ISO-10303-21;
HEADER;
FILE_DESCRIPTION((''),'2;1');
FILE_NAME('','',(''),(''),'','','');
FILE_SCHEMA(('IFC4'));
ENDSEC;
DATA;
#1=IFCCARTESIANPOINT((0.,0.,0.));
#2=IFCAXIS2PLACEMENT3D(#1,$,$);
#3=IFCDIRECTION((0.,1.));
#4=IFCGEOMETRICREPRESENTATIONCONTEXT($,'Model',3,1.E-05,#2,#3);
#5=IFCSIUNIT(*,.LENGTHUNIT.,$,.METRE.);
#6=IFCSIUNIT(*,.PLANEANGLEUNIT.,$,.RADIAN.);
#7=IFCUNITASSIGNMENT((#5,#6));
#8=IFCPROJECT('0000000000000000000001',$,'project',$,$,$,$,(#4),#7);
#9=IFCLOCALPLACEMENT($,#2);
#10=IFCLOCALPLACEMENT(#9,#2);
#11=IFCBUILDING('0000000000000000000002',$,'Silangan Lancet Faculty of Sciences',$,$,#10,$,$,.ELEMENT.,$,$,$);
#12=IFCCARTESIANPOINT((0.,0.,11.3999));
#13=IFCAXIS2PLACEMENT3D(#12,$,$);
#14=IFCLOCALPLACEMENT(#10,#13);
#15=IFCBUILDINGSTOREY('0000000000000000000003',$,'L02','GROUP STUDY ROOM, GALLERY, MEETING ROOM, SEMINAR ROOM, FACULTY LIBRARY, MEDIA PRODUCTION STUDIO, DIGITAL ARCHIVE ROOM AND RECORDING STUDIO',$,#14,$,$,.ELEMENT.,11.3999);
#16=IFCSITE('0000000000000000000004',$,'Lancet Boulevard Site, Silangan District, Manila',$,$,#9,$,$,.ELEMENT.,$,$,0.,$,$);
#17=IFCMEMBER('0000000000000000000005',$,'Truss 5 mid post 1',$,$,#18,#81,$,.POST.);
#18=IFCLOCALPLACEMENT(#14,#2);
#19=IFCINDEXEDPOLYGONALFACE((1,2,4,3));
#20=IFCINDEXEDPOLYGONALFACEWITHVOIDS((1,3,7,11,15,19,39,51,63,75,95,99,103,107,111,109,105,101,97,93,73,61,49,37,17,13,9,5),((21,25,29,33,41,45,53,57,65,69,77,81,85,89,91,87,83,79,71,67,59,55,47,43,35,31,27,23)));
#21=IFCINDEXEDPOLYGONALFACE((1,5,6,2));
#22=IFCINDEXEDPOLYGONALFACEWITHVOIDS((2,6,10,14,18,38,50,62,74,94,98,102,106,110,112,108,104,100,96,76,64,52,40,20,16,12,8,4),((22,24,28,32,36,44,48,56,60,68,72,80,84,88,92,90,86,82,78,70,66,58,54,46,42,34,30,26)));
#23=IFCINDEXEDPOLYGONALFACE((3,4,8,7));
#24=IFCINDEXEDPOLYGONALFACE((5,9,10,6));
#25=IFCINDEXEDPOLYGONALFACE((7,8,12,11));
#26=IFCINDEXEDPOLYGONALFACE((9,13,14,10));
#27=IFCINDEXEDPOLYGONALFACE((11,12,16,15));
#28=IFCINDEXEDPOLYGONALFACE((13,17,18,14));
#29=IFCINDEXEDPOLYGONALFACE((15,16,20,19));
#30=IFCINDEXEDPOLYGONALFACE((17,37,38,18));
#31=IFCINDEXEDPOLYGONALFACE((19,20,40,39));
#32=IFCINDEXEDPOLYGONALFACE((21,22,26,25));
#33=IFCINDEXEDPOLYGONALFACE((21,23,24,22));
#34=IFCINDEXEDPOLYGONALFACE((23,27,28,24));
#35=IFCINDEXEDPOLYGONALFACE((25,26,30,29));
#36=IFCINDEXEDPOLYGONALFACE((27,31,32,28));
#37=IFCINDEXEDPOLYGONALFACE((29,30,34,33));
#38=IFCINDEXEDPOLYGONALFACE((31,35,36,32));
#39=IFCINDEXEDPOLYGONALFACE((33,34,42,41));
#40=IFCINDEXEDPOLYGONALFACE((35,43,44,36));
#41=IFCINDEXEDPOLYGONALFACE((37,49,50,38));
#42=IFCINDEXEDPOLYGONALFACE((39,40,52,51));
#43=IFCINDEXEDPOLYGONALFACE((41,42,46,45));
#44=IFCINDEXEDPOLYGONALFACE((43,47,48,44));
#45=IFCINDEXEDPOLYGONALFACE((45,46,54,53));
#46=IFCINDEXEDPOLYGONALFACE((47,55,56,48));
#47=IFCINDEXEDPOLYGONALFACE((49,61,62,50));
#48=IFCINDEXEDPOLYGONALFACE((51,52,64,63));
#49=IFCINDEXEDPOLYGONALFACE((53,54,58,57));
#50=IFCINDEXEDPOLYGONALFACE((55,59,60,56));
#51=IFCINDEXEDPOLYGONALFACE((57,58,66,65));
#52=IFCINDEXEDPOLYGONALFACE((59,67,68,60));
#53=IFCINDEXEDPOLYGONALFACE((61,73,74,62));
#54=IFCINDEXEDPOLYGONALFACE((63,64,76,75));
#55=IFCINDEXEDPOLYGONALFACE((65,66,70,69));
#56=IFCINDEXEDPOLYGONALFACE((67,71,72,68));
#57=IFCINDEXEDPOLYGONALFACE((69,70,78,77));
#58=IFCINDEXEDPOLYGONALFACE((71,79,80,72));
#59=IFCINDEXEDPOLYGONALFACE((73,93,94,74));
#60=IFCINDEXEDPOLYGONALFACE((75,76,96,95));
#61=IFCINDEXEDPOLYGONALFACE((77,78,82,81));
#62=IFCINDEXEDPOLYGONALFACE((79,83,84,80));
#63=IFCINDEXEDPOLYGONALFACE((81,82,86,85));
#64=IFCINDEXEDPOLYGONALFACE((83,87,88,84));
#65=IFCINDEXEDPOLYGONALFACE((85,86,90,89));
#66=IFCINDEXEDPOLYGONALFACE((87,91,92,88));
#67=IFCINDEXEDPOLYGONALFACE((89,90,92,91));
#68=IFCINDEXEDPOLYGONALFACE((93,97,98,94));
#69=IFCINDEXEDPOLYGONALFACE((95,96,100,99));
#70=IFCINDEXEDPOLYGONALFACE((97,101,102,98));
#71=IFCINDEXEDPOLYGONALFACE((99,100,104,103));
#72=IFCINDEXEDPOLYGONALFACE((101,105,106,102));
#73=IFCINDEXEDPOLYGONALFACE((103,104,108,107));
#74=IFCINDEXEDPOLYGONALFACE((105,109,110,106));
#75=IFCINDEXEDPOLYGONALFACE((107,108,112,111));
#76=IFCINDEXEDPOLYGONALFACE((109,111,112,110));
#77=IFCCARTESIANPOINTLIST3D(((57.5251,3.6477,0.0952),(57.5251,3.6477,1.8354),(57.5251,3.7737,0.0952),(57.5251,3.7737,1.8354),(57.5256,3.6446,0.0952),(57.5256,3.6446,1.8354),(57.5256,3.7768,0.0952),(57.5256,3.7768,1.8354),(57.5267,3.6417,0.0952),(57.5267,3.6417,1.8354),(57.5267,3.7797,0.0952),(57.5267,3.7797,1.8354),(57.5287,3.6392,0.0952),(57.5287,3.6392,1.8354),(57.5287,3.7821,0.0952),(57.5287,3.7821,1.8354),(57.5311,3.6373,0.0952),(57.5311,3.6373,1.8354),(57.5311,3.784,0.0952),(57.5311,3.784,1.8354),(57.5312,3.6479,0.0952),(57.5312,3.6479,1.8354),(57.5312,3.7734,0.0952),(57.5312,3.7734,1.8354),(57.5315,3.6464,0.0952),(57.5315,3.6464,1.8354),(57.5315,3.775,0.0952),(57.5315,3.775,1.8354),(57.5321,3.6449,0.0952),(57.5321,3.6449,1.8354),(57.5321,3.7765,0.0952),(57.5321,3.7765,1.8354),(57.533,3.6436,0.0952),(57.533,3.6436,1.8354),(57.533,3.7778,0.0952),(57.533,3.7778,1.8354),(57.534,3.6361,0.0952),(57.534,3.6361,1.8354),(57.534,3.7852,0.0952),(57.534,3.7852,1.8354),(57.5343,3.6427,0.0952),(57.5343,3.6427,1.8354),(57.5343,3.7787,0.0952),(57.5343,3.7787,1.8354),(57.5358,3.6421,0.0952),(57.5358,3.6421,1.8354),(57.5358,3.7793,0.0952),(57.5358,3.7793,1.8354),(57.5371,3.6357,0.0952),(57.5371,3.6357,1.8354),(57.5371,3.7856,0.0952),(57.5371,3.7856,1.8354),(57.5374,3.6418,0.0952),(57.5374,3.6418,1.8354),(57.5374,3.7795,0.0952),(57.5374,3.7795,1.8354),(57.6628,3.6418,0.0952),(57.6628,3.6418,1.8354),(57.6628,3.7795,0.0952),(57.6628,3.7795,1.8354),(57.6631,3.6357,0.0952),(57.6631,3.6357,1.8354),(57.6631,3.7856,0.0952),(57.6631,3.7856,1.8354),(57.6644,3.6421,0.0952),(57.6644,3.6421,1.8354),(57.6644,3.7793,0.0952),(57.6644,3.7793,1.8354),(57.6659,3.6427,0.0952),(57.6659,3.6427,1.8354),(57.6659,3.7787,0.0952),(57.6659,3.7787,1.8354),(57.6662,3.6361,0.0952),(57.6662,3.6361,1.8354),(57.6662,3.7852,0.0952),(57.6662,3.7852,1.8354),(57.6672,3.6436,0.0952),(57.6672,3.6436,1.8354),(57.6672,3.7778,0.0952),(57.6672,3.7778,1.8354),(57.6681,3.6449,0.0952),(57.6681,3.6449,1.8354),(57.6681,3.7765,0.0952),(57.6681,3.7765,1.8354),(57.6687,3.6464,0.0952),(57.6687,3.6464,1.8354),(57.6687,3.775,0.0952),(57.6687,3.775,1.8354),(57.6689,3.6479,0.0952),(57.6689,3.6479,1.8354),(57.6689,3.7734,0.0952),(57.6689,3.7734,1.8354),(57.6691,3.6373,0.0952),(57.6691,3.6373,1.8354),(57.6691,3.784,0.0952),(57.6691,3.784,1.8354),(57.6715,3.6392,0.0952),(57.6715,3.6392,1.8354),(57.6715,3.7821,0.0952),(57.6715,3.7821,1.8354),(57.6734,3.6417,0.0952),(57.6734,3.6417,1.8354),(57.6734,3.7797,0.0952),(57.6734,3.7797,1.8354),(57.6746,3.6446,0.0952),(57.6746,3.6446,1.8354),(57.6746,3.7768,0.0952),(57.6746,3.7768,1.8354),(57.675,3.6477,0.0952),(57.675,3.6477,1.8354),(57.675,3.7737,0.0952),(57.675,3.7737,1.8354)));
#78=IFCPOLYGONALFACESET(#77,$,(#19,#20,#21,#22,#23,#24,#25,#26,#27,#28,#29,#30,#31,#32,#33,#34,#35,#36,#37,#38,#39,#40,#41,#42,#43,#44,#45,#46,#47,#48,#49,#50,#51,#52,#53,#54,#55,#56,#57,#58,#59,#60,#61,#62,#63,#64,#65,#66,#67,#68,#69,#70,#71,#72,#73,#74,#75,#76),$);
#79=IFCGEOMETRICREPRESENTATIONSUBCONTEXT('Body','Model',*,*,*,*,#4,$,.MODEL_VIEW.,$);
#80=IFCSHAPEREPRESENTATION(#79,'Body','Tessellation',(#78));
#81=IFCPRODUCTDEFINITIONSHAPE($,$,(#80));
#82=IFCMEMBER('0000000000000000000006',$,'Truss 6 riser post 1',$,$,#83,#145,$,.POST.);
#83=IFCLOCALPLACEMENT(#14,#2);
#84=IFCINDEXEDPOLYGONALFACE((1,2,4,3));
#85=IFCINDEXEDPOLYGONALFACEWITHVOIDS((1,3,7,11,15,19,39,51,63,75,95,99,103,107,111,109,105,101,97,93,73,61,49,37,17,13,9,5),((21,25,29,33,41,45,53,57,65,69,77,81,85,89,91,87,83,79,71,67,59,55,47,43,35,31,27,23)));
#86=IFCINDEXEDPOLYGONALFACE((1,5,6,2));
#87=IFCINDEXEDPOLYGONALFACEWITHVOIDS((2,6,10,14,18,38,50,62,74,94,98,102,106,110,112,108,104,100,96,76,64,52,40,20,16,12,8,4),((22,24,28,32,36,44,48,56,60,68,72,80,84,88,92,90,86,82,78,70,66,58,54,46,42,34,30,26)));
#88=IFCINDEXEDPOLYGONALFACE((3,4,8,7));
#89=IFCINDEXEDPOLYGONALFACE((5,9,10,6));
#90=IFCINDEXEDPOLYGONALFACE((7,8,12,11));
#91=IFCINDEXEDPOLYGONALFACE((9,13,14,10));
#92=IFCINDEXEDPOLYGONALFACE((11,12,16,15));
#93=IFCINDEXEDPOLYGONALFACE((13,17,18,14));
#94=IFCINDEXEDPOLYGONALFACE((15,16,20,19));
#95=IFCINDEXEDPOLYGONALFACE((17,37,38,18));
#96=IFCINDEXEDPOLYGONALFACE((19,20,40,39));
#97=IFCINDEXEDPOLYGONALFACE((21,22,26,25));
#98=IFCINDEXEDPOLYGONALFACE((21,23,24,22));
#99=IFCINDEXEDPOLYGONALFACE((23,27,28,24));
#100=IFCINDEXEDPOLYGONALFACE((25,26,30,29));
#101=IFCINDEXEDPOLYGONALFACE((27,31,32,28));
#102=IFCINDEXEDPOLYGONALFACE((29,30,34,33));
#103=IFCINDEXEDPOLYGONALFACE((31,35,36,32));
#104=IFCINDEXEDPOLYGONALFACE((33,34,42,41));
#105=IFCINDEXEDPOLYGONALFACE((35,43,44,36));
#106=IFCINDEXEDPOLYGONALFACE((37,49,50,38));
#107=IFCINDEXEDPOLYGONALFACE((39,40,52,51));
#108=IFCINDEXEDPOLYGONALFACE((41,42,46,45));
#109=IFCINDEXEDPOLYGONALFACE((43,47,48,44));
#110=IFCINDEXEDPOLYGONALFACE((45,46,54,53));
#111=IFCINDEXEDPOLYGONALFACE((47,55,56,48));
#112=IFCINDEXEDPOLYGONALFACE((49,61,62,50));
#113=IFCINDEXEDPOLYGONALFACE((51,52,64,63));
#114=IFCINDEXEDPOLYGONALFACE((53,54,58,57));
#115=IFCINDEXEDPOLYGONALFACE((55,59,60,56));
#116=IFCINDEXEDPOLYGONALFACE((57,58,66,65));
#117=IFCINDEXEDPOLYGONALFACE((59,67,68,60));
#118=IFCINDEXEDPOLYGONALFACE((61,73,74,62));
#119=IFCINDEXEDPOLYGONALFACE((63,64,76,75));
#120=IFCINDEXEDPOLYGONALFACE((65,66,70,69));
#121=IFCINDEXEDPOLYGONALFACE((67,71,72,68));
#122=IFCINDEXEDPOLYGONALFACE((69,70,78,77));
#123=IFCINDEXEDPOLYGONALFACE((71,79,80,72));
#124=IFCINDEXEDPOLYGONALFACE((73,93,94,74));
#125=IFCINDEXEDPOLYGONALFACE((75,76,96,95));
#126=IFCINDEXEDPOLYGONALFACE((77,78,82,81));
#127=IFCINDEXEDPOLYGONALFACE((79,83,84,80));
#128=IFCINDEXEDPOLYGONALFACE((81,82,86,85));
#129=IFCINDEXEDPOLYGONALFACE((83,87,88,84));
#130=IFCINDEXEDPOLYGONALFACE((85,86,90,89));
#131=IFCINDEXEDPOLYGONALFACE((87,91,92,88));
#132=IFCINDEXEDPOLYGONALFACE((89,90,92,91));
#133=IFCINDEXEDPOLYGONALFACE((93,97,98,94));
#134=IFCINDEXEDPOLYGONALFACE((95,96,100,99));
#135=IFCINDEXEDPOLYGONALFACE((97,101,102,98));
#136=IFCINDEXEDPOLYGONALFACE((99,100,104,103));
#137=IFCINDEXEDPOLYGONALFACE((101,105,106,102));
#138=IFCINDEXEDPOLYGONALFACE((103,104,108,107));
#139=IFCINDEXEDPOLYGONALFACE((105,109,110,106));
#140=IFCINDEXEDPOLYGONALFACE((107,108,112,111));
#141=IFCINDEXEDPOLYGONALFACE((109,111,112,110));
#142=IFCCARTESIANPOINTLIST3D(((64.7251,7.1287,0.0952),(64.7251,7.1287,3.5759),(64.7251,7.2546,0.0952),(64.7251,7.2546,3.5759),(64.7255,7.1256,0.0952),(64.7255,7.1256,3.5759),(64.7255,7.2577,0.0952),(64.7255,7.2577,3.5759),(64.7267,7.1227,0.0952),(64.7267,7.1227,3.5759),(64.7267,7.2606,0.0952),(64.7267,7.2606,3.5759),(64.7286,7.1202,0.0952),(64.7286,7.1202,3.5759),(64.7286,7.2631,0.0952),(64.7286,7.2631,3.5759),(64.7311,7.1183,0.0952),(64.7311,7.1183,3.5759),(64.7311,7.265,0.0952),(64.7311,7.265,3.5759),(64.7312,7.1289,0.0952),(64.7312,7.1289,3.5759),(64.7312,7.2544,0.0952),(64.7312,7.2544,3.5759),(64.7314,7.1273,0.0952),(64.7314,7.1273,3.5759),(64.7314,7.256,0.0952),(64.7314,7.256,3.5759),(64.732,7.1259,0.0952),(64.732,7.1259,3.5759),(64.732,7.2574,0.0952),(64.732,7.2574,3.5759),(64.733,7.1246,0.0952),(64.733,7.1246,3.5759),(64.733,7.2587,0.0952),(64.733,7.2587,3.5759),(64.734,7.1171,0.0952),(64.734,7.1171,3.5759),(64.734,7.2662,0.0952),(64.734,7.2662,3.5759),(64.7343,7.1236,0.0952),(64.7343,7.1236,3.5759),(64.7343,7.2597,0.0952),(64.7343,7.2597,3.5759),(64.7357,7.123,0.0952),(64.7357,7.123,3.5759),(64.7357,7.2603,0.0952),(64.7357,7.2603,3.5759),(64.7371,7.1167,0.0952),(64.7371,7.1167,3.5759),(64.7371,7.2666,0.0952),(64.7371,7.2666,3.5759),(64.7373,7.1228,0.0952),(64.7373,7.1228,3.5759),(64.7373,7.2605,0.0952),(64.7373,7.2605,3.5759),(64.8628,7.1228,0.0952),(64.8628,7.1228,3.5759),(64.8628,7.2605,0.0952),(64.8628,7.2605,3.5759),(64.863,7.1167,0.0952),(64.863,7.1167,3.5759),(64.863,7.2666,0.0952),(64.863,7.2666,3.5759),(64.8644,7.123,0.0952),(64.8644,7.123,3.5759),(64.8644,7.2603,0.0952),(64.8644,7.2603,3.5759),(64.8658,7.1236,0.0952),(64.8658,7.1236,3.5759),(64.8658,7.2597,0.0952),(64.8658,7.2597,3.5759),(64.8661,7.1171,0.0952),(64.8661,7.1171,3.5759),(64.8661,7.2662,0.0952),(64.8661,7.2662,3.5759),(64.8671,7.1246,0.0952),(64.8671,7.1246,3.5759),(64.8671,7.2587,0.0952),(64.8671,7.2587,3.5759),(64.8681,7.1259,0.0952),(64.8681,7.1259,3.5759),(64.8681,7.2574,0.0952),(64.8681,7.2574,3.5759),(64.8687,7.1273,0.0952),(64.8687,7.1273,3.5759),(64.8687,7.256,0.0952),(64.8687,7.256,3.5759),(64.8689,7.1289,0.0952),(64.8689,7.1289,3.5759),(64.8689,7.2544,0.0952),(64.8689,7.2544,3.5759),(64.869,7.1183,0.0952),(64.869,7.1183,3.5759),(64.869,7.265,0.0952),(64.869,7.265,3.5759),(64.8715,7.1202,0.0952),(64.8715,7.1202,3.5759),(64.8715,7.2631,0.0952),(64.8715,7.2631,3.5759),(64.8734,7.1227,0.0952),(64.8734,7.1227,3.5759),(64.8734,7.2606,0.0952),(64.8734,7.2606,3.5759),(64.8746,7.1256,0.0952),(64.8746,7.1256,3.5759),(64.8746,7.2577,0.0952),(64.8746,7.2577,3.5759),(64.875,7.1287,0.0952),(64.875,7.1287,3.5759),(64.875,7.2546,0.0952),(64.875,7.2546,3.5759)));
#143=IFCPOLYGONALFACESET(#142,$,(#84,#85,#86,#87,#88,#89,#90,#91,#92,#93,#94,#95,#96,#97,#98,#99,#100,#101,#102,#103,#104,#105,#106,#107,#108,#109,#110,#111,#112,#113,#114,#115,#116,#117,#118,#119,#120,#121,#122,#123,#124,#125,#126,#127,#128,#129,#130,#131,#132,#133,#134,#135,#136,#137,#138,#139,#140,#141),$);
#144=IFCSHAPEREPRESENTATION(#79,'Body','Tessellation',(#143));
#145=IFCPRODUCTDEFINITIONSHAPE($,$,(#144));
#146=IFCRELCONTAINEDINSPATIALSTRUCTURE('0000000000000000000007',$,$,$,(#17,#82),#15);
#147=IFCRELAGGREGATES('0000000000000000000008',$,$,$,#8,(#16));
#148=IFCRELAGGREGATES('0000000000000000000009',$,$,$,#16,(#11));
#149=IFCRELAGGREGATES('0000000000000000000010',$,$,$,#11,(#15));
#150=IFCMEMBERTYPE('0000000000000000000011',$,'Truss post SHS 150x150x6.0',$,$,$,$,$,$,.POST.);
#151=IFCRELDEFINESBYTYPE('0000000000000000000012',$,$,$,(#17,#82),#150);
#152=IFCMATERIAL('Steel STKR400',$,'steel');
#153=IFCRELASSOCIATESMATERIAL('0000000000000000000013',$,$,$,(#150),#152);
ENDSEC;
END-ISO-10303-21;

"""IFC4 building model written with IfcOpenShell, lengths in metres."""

from ifc_helpers import new_model, si_unit, direction, frame, origin, origin_2d, place, context, subcontext, project, spatial, hollow_rectangle, extrude, material, material_profile, profile_set, type_object, element, save


model = new_model("IFC4")

# Units and contexts
model_context = context("Model", 3, precision=1e-05, world=origin(), true_north=direction((0.0, 1.0)))
body_context = subcontext(model_context, "Body", "Model", "MODEL_VIEW")
ifc_project = project(units=[si_unit("LENGTHUNIT", "METRE"), si_unit("PLANEANGLEUNIT", "RADIAN")], contexts=[model_context])

# Site, building, storey
site_placement = place(None, origin())
site = spatial("IfcSite", under=ifc_project, at=site_placement, Name="Lancet Boulevard Site, Silangan District, Manila", CompositionType="ELEMENT", RefElevation=0.0)
building_placement = place(site_placement, origin())
building = spatial("IfcBuilding", under=site, at=building_placement, Name="Silangan Lancet Faculty of Sciences", CompositionType="ELEMENT")
storey_placement = place(building_placement, frame((0.0, 0.0, 11.3999)))
storey = spatial("IfcBuildingStorey", under=building, at=storey_placement, Name="L02", Description="GROUP STUDY ROOM, GALLERY, MEETING ROOM, SEMINAR ROOM, FACULTY LIBRARY, MEDIA PRODUCTION STUDIO, DIGITAL ARCHIVE ROOM AND RECORDING STUDIO", CompositionType="ELEMENT", Elevation=11.3999)

# Members
ifc_material_1 = material(Name="Steel STKR400", Category="steel")
ifc_material_profile_1 = material_profile(ifc_material_1, hollow_rectangle(XDim=0.1499, YDim=0.1499, WallThickness=0.0061, InnerFilletRadius=0.0061, OuterFilletRadius=0.012, at=origin_2d()), Name="SHS 150x150x6.0")
ifc_profile_set_1 = profile_set([ifc_material_profile_1], Name="Steel STKR400")
member_type_1 = type_object("IfcMemberType", Name="Truss post SHS 150x150x6.0", PredefinedType="POST", material=ifc_profile_set_1)
member_1_placement = place(storey_placement, frame((57.6001, 3.7107, 0.0952), z_axis=(0.0, 0.0, 1.0), x_axis=(1.0, 0.0, 0.0)))
element("IfcMember", 1, at=member_1_placement, inside=storey, type_object=member_type_1, Name="Truss 5 mid post 1", PredefinedType="POST", context=body_context, shape_type="SweptSolid", body=[
    extrude(hollow_rectangle(XDim=0.1499, YDim=0.1499, WallThickness=0.0061, InnerFilletRadius=0.0061, OuterFilletRadius=0.012, at=origin_2d()), origin(), (0.0, 0.0, 1.0), 1.7402),
])
member_2_placement = place(storey_placement, frame((64.8, 7.1917, 0.0952), z_axis=(0.0, 0.0, 1.0), x_axis=(1.0, 0.0, 0.0)))
element("IfcMember", 2, at=member_2_placement, inside=storey, type_object=member_type_1, Name="Truss 6 riser post 1", PredefinedType="POST", context=body_context, shape_type="SweptSolid", body=[
    extrude(hollow_rectangle(XDim=0.1499, YDim=0.1499, WallThickness=0.0061, InnerFilletRadius=0.0061, OuterFilletRadius=0.012, at=origin_2d()), origin(), (0.0, 0.0, 1.0), 3.4807),
])

save(model, "model.ifc")
